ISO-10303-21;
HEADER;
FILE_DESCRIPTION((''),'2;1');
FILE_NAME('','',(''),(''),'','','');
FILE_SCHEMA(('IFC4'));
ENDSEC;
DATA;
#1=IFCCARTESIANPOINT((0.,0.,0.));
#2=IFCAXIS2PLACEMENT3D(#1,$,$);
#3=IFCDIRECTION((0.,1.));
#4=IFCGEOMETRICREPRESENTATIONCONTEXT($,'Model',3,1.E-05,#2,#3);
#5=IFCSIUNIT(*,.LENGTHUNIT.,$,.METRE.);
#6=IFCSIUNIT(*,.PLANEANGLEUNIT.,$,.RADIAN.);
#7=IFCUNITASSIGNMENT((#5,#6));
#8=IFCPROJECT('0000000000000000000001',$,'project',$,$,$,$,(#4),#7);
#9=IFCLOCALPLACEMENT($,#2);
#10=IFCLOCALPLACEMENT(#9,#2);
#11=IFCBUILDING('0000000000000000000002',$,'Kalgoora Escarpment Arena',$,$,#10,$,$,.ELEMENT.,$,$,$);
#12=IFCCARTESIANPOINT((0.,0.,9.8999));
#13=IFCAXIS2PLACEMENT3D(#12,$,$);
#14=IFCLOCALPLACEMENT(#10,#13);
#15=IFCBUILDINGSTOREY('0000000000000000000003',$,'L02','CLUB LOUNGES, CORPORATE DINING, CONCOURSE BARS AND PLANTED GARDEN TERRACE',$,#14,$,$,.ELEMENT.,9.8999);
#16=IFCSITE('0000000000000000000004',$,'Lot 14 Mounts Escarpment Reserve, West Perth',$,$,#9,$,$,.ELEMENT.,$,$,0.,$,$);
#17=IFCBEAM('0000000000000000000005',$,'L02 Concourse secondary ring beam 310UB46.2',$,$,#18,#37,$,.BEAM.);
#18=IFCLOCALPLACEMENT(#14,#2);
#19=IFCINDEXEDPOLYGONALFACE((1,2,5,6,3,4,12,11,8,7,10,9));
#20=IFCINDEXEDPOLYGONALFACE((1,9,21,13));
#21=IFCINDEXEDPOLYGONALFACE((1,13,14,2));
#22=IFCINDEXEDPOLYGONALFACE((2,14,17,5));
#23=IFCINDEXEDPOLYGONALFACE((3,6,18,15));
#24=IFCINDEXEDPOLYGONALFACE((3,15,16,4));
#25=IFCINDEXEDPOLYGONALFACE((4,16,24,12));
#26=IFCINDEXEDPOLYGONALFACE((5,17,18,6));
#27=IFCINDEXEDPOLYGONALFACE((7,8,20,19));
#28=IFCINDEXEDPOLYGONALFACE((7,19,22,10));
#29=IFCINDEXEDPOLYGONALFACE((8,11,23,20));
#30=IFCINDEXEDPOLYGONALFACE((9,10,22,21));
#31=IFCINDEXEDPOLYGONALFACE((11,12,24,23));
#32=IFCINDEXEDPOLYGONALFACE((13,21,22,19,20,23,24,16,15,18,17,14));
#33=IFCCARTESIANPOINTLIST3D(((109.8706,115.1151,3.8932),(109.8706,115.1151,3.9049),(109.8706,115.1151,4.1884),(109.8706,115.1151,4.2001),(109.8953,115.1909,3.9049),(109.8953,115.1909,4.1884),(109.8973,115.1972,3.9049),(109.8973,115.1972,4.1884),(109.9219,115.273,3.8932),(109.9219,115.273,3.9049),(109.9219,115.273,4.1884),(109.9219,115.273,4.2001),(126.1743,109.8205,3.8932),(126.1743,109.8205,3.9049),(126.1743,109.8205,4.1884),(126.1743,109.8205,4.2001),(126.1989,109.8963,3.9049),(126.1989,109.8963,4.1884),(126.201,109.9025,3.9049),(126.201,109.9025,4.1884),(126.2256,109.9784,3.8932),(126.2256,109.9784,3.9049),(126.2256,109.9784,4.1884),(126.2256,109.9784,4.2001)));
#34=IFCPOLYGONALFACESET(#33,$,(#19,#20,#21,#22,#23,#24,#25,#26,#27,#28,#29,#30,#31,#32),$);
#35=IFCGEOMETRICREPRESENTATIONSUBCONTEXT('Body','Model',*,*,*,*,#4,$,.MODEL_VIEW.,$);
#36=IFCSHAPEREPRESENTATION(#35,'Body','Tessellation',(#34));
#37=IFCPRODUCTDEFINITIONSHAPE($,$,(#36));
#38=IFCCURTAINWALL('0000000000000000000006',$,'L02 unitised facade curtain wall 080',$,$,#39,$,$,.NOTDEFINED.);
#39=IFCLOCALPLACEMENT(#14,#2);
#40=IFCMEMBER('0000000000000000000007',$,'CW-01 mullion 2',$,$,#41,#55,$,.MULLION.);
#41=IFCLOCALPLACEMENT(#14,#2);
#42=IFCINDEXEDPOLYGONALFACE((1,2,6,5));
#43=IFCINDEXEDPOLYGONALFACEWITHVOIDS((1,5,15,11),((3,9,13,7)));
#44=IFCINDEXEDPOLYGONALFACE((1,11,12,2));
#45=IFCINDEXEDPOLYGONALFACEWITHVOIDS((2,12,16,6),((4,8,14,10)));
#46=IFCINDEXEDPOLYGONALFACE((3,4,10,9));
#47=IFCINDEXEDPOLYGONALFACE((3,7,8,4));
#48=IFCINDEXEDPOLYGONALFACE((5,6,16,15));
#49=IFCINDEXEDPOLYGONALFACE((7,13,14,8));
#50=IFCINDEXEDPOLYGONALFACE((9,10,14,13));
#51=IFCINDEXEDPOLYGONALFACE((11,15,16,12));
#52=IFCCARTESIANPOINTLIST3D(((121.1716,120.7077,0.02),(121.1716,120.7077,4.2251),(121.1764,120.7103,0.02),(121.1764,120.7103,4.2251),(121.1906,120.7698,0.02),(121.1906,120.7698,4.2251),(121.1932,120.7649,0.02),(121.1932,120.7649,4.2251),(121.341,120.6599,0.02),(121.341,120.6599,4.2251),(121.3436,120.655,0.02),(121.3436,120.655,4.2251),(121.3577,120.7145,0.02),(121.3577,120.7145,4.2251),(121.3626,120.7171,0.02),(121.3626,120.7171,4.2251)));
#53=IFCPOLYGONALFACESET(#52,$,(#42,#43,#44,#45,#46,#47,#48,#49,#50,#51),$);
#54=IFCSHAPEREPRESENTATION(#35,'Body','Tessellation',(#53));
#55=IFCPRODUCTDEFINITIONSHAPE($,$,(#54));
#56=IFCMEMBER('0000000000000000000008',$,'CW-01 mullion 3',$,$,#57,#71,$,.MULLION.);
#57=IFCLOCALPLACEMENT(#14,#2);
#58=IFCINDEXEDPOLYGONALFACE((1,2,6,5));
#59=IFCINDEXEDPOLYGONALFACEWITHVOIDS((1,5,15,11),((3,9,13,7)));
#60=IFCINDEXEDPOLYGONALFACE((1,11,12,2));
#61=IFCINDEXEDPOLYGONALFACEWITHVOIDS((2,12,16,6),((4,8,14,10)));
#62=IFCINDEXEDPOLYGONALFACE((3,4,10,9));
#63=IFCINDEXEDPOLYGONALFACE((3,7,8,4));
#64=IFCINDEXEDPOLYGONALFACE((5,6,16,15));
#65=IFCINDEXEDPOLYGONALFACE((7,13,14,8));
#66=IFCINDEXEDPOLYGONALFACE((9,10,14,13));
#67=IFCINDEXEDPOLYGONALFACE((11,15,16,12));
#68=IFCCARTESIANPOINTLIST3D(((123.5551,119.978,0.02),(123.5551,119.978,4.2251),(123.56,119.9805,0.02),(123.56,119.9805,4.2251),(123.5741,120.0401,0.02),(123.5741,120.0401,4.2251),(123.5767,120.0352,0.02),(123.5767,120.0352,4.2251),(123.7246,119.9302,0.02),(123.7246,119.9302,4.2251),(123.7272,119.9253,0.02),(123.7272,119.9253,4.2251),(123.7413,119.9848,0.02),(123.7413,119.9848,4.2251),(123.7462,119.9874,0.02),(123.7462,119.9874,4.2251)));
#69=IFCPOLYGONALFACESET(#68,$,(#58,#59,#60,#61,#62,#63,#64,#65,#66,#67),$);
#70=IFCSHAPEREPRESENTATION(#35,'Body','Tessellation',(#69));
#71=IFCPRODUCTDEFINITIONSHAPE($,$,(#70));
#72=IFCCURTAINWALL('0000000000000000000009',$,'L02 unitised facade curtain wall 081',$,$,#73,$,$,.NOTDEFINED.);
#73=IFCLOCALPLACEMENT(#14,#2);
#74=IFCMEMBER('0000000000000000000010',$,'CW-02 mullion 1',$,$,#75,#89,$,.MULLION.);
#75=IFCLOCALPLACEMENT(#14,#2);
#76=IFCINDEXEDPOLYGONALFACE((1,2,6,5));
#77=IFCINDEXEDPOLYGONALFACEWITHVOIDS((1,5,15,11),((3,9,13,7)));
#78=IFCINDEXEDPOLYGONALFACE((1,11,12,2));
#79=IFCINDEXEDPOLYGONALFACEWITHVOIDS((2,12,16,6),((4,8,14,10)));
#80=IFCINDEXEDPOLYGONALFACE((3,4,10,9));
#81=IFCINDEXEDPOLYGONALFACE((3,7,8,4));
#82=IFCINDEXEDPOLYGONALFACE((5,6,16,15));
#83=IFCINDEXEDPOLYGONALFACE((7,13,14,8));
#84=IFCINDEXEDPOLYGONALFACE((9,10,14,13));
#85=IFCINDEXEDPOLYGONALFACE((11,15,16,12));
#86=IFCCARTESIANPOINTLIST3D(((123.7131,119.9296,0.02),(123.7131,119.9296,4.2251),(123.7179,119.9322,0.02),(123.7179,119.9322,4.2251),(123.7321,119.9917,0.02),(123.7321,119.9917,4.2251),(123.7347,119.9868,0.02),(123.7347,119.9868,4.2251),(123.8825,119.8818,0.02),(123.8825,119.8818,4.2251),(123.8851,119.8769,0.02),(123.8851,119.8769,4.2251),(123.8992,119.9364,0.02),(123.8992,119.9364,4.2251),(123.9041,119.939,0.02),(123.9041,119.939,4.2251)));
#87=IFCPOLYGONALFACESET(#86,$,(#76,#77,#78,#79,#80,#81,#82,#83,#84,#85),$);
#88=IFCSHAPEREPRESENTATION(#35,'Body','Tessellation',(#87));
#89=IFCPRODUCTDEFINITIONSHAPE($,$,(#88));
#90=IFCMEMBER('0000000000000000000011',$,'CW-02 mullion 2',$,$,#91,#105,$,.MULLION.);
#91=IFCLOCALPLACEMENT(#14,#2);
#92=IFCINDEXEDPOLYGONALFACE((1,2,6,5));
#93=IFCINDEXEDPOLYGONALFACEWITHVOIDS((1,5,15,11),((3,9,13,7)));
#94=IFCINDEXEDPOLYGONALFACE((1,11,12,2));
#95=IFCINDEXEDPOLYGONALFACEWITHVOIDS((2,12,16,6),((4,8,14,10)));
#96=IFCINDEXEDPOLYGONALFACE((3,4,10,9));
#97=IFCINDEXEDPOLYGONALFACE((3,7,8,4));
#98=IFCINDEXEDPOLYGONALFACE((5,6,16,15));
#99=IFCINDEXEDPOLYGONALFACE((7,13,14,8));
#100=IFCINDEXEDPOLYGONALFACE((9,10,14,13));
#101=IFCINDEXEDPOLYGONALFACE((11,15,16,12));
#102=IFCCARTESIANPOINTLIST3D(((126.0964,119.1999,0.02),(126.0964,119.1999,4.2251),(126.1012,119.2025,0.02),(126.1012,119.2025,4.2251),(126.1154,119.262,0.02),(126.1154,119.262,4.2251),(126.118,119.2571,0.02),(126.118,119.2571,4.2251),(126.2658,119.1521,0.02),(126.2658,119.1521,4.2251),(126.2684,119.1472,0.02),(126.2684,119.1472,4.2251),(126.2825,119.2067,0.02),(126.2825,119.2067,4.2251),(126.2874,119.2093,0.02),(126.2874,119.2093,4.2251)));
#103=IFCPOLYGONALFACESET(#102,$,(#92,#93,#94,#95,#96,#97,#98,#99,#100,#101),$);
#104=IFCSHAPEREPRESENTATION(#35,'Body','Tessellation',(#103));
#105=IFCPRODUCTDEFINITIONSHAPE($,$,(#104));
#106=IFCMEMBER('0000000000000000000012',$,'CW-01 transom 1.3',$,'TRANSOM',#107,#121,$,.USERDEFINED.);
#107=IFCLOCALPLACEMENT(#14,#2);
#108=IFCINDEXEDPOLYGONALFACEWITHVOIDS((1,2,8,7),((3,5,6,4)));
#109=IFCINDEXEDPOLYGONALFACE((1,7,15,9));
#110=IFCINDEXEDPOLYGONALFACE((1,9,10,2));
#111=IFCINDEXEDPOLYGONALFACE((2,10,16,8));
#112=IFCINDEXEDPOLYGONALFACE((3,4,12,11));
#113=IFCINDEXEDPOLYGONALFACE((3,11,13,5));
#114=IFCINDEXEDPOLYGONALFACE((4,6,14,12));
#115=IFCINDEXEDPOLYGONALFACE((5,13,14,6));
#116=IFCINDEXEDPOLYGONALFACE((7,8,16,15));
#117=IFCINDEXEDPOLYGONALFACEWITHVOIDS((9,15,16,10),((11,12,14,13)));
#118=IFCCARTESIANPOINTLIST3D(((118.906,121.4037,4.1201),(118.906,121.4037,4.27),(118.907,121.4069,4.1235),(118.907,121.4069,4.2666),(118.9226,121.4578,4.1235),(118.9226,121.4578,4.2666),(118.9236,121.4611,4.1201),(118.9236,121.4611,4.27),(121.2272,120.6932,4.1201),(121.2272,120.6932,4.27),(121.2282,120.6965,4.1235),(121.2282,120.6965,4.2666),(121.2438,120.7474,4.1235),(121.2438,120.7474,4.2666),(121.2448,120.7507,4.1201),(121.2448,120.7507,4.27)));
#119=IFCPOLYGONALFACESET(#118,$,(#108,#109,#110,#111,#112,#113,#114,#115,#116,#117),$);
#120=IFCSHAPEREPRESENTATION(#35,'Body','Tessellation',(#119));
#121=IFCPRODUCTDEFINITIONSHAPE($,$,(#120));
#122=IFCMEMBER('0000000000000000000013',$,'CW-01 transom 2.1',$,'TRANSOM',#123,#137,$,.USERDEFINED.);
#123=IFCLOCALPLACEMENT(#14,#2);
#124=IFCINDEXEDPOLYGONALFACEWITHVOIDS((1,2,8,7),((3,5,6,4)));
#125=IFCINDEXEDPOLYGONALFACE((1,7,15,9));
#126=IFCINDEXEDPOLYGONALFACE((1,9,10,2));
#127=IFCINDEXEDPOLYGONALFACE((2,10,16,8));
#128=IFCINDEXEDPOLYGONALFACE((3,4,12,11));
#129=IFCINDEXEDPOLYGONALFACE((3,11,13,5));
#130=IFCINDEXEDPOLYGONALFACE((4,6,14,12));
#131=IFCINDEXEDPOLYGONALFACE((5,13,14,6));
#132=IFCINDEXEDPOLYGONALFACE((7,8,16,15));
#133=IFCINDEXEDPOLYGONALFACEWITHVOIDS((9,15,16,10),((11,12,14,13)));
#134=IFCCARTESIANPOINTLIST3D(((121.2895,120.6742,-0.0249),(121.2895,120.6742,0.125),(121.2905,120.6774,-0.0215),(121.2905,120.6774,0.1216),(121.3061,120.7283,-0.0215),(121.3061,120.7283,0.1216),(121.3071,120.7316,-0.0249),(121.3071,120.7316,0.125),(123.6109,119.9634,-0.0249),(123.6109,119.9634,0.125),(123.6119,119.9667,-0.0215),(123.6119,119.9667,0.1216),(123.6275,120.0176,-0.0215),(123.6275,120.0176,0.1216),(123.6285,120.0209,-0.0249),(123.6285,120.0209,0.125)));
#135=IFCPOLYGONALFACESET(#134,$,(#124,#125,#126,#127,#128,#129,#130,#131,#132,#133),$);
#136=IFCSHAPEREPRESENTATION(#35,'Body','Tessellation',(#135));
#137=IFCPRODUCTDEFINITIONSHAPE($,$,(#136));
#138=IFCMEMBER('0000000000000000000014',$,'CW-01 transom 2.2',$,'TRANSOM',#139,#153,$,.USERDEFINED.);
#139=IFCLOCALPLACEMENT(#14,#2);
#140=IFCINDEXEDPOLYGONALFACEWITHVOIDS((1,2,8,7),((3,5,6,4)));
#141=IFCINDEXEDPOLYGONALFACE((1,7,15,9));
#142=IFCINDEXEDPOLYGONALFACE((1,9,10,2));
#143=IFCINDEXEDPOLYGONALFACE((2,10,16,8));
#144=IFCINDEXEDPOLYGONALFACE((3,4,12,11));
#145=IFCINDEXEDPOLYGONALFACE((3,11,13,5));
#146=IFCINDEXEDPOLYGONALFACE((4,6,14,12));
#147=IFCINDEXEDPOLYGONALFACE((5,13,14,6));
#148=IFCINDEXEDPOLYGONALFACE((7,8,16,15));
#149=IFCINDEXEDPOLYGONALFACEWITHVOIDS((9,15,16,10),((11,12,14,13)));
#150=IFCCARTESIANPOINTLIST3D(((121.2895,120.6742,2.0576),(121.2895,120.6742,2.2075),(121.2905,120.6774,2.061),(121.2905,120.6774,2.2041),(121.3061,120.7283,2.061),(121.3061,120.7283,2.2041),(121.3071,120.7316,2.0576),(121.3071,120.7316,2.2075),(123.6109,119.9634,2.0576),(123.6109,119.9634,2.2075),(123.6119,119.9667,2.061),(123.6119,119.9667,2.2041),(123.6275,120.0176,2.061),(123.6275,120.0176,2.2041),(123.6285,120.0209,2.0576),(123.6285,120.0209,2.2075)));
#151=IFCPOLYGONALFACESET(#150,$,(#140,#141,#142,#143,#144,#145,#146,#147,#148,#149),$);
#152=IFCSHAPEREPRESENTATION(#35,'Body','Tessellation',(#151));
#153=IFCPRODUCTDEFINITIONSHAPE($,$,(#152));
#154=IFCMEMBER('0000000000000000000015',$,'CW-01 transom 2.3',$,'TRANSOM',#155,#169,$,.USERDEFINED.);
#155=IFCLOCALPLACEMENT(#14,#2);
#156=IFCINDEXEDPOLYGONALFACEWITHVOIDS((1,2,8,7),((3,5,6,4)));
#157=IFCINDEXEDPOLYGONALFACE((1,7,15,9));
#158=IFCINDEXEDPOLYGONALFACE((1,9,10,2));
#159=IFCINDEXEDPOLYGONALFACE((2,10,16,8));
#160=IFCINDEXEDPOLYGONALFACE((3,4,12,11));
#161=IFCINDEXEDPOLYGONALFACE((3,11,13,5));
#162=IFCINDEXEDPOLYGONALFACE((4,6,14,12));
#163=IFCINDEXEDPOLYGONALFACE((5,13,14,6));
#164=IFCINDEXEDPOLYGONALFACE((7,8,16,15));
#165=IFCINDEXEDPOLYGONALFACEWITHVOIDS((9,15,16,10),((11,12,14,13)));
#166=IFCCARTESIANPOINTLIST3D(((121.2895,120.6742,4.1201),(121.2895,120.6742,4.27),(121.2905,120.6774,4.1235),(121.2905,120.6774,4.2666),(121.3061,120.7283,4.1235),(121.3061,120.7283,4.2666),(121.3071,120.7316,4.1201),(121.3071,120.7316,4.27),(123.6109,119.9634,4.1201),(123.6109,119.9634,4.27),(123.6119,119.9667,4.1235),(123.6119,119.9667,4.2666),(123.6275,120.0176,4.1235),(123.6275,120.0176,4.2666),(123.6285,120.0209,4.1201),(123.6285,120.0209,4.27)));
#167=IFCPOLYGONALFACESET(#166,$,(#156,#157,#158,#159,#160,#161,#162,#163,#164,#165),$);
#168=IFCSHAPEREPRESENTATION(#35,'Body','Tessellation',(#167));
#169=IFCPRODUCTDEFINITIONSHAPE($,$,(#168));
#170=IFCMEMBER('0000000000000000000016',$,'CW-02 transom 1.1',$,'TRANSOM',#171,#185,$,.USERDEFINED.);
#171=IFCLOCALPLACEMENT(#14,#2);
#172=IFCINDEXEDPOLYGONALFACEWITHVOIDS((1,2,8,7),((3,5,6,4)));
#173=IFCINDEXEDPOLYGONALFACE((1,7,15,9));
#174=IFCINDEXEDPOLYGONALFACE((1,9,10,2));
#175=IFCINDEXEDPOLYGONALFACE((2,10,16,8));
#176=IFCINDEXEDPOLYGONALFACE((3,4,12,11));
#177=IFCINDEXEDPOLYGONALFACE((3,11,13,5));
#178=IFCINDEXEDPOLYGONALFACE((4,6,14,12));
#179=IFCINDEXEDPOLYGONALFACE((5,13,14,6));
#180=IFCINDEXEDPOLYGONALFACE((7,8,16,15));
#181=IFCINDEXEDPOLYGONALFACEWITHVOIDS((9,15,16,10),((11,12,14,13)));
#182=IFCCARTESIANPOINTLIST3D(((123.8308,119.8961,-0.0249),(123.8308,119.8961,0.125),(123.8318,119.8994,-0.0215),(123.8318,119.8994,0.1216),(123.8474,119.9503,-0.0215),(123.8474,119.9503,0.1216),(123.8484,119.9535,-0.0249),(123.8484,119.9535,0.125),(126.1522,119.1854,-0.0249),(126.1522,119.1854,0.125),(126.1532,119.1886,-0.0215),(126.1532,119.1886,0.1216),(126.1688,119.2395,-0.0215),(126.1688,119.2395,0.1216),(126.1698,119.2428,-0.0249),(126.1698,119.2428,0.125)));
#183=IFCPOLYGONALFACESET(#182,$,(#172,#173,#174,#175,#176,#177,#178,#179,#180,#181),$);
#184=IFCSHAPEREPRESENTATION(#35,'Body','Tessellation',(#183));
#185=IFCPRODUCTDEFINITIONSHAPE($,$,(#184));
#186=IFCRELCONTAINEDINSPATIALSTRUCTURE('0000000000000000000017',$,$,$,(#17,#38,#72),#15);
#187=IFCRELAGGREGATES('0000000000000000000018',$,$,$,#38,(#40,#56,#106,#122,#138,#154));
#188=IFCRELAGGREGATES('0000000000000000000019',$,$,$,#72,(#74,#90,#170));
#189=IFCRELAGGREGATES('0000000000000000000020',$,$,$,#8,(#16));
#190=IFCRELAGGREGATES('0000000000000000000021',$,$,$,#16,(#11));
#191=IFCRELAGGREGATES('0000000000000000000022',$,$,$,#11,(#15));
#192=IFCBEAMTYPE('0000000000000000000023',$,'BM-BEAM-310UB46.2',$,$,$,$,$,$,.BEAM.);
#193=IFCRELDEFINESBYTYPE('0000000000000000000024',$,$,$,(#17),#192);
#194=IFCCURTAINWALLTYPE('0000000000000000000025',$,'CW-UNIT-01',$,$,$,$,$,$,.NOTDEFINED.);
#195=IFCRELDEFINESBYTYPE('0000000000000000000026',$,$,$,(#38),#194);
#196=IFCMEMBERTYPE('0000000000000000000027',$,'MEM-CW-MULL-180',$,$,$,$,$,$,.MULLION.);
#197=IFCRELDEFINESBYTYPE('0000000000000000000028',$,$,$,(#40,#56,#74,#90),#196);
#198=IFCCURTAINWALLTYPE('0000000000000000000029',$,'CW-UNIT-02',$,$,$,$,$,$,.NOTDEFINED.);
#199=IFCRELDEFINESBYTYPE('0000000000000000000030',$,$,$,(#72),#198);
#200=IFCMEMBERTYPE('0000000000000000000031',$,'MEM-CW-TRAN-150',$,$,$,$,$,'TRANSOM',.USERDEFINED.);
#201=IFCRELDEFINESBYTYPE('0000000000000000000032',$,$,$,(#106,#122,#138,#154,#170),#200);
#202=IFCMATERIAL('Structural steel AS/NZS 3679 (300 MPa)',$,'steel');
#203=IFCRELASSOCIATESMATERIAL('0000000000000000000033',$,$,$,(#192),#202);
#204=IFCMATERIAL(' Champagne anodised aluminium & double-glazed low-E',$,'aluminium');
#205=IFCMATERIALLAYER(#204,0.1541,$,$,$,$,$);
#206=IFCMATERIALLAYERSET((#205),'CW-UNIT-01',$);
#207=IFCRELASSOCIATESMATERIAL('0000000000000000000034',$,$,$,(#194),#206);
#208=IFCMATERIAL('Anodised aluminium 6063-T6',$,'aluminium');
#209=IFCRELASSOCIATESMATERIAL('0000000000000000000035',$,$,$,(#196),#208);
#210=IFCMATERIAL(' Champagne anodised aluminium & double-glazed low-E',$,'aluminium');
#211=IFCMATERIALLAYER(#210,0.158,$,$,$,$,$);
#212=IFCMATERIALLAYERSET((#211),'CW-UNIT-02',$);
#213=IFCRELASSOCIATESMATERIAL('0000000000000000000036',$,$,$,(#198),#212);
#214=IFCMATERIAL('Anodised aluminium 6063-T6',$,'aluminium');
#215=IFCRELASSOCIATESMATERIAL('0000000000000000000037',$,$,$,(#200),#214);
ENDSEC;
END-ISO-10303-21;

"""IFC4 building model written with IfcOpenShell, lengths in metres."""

from ifc_helpers import new_model, si_unit, direction, frame, origin, origin_2d, place, context, subcontext, project, spatial, hollow_rectangle, i_section, extrude, material, layer, layer_set, material_profile, profile_set, type_object, element, aggregate, save


model = new_model("IFC4")

# Units and contexts
model_context = context("Model", 3, precision=1e-05, world=origin(), true_north=direction((0.0, 1.0)))
body_context = subcontext(model_context, "Body", "Model", "MODEL_VIEW")
ifc_project = project(units=[si_unit("LENGTHUNIT", "METRE"), si_unit("PLANEANGLEUNIT", "RADIAN")], contexts=[model_context])

# Site, building, storey
site_placement = place(None, origin())
site = spatial("IfcSite", under=ifc_project, at=site_placement, Name="Lot 14 Mounts Escarpment Reserve, West Perth", CompositionType="ELEMENT", RefElevation=0.0)
building_placement = place(site_placement, origin())
building = spatial("IfcBuilding", under=site, at=building_placement, Name="Kalgoora Escarpment Arena", CompositionType="ELEMENT")
storey_placement = place(building_placement, frame((0.0, 0.0, 9.8999)))
storey = spatial("IfcBuildingStorey", under=building, at=storey_placement, Name="L02", Description="CLUB LOUNGES, CORPORATE DINING, CONCOURSE BARS AND PLANTED GARDEN TERRACE", CompositionType="ELEMENT", Elevation=9.8999)

# Beam
ifc_material_1 = material(Name="Structural steel AS/NZS 3679 (300 MPa)", Category="steel")
ifc_material_profile_1 = material_profile(ifc_material_1, i_section(OverallWidth=0.166, OverallDepth=0.3069, WebThickness=0.0066, FlangeThickness=0.0117, at=origin_2d()))
ifc_profile_set_1 = profile_set([ifc_material_profile_1], Name="Structural steel AS/NZS 3679 (300 MPa)")
beam_type = type_object("IfcBeamType", Name="BM-BEAM-310UB46.2", PredefinedType="BEAM", material=ifc_profile_set_1)
beam_placement = place(storey_placement, frame((126.2, 109.8994, 4.0466), z_axis=(-0.951103, 0.308874, 0.0), x_axis=(-0.308874, -0.951103, 0.0)))
element("IfcBeam", 1, at=beam_placement, inside=storey, type_object=beam_type, Name="L02 Concourse secondary ring beam 310UB46.2", PredefinedType="BEAM", context=body_context, shape_type="SweptSolid", body=[
    extrude(i_section(OverallWidth=0.166, OverallDepth=0.3069, WebThickness=0.0066, FlangeThickness=0.0117, at=origin_2d()), origin(), (0.0, 0.0, 1.0), 17.1418),
])

# Curtain walls, members
ifc_material_2 = material(Name=" Champagne anodised aluminium & double-glazed low-E", Category="aluminium")
ifc_layer_1 = layer(ifc_material_2, 0.1541)
ifc_layer_set_1 = layer_set([ifc_layer_1], Name="CW-UNIT-01")
curtain_wall_type_1 = type_object("IfcCurtainWallType", Name="CW-UNIT-01", PredefinedType="NOTDEFINED", material=ifc_layer_set_1)
curtain_wall_1_placement = place(storey_placement, origin())
curtain_wall_1 = element("IfcCurtainWall", 2, at=curtain_wall_1_placement, inside=storey, type_object=curtain_wall_type_1, Name="L02 unitised facade curtain wall 080", PredefinedType="NOTDEFINED")
ifc_material_3 = material(Name="Anodised aluminium 6063-T6", Category="aluminium")
ifc_material_profile_2 = material_profile(ifc_material_3, hollow_rectangle(XDim=0.0649, YDim=0.1799, WallThickness=0.0039, at=origin_2d()))
ifc_profile_set_2 = profile_set([ifc_material_profile_2], Name="Anodised aluminium 6063-T6")
member_type_1 = type_object("IfcMemberType", Name="MEM-CW-MULL-180", PredefinedType="MULLION", material=ifc_profile_set_2)
member_1_placement = place(storey_placement, frame((121.2671, 120.7124, 0.02), z_axis=(0.0, 0.0, 1.0), x_axis=(0.292733, 0.956194, 0.0)))
member_1 = element("IfcMember", 3, at=member_1_placement, type_object=member_type_1, Name="CW-01 mullion 2", PredefinedType="MULLION", context=body_context, shape_type="SweptSolid", body=[
    extrude(hollow_rectangle(XDim=0.0649, YDim=0.1799, WallThickness=0.0039, at=origin_2d()), origin(), (0.0, 0.0, 1.0), 4.2051),
])
member_2_placement = place(storey_placement, frame((123.6506, 119.9827, 0.02), z_axis=(0.0, 0.0, 1.0), x_axis=(0.292733, 0.956194, 0.0)))
member_2 = element("IfcMember", 4, at=member_2_placement, type_object=member_type_1, Name="CW-01 mullion 3", PredefinedType="MULLION", context=body_context, shape_type="SweptSolid", body=[
    extrude(hollow_rectangle(XDim=0.0649, YDim=0.1799, WallThickness=0.0039, at=origin_2d()), origin(), (0.0, 0.0, 1.0), 4.2051),
])
ifc_material_4 = material(Name=" Champagne anodised aluminium & double-glazed low-E", Category="aluminium")
ifc_layer_2 = layer(ifc_material_4, 0.158)
ifc_layer_set_2 = layer_set([ifc_layer_2], Name="CW-UNIT-02")
curtain_wall_type_2 = type_object("IfcCurtainWallType", Name="CW-UNIT-02", PredefinedType="NOTDEFINED", material=ifc_layer_set_2)
curtain_wall_2_placement = place(storey_placement, origin())
curtain_wall_2 = element("IfcCurtainWall", 5, at=curtain_wall_2_placement, inside=storey, type_object=curtain_wall_type_2, Name="L02 unitised facade curtain wall 081", PredefinedType="NOTDEFINED")
member_3_placement = place(storey_placement, frame((123.8086, 119.9343, 0.02), z_axis=(0.0, 0.0, 1.0), x_axis=(0.292751, 0.956189, 0.0)))
member_3 = element("IfcMember", 6, at=member_3_placement, type_object=member_type_1, Name="CW-02 mullion 1", PredefinedType="MULLION", context=body_context, shape_type="SweptSolid", body=[
    extrude(hollow_rectangle(XDim=0.0649, YDim=0.1799, WallThickness=0.0039, at=origin_2d()), origin(), (0.0, 0.0, 1.0), 4.2051),
])
member_4_placement = place(storey_placement, frame((126.1919, 119.2046, 0.02), z_axis=(0.0, 0.0, 1.0), x_axis=(0.292751, 0.956189, 0.0)))
member_4 = element("IfcMember", 7, at=member_4_placement, type_object=member_type_1, Name="CW-02 mullion 2", PredefinedType="MULLION", context=body_context, shape_type="SweptSolid", body=[
    extrude(hollow_rectangle(XDim=0.0649, YDim=0.1799, WallThickness=0.0039, at=origin_2d()), origin(), (0.0, 0.0, 1.0), 4.2051),
])

# Members
ifc_material_5 = material(Name="Anodised aluminium 6063-T6", Category="aluminium")
ifc_material_profile_3 = material_profile(ifc_material_5, hollow_rectangle(XDim=0.0601, YDim=0.1499, WallThickness=0.0034, at=origin_2d()))
ifc_profile_set_3 = profile_set([ifc_material_profile_3], Name="Anodised aluminium 6063-T6")
member_type_2 = type_object("IfcMemberType", Name="MEM-CW-TRAN-150", ElementType="TRANSOM", PredefinedType="USERDEFINED", material=ifc_profile_set_3)
member_5_placement = place(storey_placement, frame((118.9148, 121.4324, 4.1951), z_axis=(0.956217, -0.292658, 0.0), x_axis=(0.292658, 0.956217, 0.0)))
member_5 = element("IfcMember", 8, at=member_5_placement, type_object=member_type_2, Name="CW-01 transom 1.3", ObjectType="TRANSOM", PredefinedType="USERDEFINED", context=body_context, shape_type="SweptSolid", body=[
    extrude(hollow_rectangle(XDim=0.0601, YDim=0.1499, WallThickness=0.0034, at=origin_2d()), origin(), (0.0, 0.0, 1.0), 2.4275),
])
member_6_placement = place(storey_placement, frame((121.2983, 120.7029, 0.05), z_axis=(0.956189, -0.29275, 0.0), x_axis=(0.29275, 0.956189, 0.0)))
member_6 = element("IfcMember", 9, at=member_6_placement, type_object=member_type_2, Name="CW-01 transom 2.1", ObjectType="TRANSOM", PredefinedType="USERDEFINED", context=body_context, shape_type="SweptSolid", body=[
    extrude(hollow_rectangle(XDim=0.0601, YDim=0.1499, WallThickness=0.0034, at=origin_2d()), origin(), (0.0, 0.0, 1.0), 2.4277),
])
member_7_placement = place(storey_placement, frame((121.2983, 120.7029, 2.1326), z_axis=(0.956189, -0.29275, 0.0), x_axis=(0.29275, 0.956189, 0.0)))
member_7 = element("IfcMember", 10, at=member_7_placement, type_object=member_type_2, Name="CW-01 transom 2.2", ObjectType="TRANSOM", PredefinedType="USERDEFINED", context=body_context, shape_type="SweptSolid", body=[
    extrude(hollow_rectangle(XDim=0.0601, YDim=0.1499, WallThickness=0.0034, at=origin_2d()), origin(), (0.0, 0.0, 1.0), 2.4277),
])
member_8_placement = place(storey_placement, frame((121.2983, 120.7029, 4.1951), z_axis=(0.956189, -0.29275, 0.0), x_axis=(0.29275, 0.956189, 0.0)))
member_8 = element("IfcMember", 11, at=member_8_placement, type_object=member_type_2, Name="CW-01 transom 2.3", ObjectType="TRANSOM", PredefinedType="USERDEFINED", context=body_context, shape_type="SweptSolid", body=[
    extrude(hollow_rectangle(XDim=0.0601, YDim=0.1499, WallThickness=0.0034, at=origin_2d()), origin(), (0.0, 0.0, 1.0), 2.4277),
])
member_9_placement = place(storey_placement, frame((123.8396, 119.9248, 0.05), z_axis=(0.956189, -0.29275, 0.0), x_axis=(0.29275, 0.956189, 0.0)))
member_9 = element("IfcMember", 12, at=member_9_placement, type_object=member_type_2, Name="CW-02 transom 1.1", ObjectType="TRANSOM", PredefinedType="USERDEFINED", context=body_context, shape_type="SweptSolid", body=[
    extrude(hollow_rectangle(XDim=0.0601, YDim=0.1499, WallThickness=0.0034, at=origin_2d()), origin(), (0.0, 0.0, 1.0), 2.4277),
])

aggregate(curtain_wall_1, [member_1, member_2, member_5, member_6, member_7, member_8])
aggregate(curtain_wall_2, [member_3, member_4, member_9])

save(model, "model.ifc")
